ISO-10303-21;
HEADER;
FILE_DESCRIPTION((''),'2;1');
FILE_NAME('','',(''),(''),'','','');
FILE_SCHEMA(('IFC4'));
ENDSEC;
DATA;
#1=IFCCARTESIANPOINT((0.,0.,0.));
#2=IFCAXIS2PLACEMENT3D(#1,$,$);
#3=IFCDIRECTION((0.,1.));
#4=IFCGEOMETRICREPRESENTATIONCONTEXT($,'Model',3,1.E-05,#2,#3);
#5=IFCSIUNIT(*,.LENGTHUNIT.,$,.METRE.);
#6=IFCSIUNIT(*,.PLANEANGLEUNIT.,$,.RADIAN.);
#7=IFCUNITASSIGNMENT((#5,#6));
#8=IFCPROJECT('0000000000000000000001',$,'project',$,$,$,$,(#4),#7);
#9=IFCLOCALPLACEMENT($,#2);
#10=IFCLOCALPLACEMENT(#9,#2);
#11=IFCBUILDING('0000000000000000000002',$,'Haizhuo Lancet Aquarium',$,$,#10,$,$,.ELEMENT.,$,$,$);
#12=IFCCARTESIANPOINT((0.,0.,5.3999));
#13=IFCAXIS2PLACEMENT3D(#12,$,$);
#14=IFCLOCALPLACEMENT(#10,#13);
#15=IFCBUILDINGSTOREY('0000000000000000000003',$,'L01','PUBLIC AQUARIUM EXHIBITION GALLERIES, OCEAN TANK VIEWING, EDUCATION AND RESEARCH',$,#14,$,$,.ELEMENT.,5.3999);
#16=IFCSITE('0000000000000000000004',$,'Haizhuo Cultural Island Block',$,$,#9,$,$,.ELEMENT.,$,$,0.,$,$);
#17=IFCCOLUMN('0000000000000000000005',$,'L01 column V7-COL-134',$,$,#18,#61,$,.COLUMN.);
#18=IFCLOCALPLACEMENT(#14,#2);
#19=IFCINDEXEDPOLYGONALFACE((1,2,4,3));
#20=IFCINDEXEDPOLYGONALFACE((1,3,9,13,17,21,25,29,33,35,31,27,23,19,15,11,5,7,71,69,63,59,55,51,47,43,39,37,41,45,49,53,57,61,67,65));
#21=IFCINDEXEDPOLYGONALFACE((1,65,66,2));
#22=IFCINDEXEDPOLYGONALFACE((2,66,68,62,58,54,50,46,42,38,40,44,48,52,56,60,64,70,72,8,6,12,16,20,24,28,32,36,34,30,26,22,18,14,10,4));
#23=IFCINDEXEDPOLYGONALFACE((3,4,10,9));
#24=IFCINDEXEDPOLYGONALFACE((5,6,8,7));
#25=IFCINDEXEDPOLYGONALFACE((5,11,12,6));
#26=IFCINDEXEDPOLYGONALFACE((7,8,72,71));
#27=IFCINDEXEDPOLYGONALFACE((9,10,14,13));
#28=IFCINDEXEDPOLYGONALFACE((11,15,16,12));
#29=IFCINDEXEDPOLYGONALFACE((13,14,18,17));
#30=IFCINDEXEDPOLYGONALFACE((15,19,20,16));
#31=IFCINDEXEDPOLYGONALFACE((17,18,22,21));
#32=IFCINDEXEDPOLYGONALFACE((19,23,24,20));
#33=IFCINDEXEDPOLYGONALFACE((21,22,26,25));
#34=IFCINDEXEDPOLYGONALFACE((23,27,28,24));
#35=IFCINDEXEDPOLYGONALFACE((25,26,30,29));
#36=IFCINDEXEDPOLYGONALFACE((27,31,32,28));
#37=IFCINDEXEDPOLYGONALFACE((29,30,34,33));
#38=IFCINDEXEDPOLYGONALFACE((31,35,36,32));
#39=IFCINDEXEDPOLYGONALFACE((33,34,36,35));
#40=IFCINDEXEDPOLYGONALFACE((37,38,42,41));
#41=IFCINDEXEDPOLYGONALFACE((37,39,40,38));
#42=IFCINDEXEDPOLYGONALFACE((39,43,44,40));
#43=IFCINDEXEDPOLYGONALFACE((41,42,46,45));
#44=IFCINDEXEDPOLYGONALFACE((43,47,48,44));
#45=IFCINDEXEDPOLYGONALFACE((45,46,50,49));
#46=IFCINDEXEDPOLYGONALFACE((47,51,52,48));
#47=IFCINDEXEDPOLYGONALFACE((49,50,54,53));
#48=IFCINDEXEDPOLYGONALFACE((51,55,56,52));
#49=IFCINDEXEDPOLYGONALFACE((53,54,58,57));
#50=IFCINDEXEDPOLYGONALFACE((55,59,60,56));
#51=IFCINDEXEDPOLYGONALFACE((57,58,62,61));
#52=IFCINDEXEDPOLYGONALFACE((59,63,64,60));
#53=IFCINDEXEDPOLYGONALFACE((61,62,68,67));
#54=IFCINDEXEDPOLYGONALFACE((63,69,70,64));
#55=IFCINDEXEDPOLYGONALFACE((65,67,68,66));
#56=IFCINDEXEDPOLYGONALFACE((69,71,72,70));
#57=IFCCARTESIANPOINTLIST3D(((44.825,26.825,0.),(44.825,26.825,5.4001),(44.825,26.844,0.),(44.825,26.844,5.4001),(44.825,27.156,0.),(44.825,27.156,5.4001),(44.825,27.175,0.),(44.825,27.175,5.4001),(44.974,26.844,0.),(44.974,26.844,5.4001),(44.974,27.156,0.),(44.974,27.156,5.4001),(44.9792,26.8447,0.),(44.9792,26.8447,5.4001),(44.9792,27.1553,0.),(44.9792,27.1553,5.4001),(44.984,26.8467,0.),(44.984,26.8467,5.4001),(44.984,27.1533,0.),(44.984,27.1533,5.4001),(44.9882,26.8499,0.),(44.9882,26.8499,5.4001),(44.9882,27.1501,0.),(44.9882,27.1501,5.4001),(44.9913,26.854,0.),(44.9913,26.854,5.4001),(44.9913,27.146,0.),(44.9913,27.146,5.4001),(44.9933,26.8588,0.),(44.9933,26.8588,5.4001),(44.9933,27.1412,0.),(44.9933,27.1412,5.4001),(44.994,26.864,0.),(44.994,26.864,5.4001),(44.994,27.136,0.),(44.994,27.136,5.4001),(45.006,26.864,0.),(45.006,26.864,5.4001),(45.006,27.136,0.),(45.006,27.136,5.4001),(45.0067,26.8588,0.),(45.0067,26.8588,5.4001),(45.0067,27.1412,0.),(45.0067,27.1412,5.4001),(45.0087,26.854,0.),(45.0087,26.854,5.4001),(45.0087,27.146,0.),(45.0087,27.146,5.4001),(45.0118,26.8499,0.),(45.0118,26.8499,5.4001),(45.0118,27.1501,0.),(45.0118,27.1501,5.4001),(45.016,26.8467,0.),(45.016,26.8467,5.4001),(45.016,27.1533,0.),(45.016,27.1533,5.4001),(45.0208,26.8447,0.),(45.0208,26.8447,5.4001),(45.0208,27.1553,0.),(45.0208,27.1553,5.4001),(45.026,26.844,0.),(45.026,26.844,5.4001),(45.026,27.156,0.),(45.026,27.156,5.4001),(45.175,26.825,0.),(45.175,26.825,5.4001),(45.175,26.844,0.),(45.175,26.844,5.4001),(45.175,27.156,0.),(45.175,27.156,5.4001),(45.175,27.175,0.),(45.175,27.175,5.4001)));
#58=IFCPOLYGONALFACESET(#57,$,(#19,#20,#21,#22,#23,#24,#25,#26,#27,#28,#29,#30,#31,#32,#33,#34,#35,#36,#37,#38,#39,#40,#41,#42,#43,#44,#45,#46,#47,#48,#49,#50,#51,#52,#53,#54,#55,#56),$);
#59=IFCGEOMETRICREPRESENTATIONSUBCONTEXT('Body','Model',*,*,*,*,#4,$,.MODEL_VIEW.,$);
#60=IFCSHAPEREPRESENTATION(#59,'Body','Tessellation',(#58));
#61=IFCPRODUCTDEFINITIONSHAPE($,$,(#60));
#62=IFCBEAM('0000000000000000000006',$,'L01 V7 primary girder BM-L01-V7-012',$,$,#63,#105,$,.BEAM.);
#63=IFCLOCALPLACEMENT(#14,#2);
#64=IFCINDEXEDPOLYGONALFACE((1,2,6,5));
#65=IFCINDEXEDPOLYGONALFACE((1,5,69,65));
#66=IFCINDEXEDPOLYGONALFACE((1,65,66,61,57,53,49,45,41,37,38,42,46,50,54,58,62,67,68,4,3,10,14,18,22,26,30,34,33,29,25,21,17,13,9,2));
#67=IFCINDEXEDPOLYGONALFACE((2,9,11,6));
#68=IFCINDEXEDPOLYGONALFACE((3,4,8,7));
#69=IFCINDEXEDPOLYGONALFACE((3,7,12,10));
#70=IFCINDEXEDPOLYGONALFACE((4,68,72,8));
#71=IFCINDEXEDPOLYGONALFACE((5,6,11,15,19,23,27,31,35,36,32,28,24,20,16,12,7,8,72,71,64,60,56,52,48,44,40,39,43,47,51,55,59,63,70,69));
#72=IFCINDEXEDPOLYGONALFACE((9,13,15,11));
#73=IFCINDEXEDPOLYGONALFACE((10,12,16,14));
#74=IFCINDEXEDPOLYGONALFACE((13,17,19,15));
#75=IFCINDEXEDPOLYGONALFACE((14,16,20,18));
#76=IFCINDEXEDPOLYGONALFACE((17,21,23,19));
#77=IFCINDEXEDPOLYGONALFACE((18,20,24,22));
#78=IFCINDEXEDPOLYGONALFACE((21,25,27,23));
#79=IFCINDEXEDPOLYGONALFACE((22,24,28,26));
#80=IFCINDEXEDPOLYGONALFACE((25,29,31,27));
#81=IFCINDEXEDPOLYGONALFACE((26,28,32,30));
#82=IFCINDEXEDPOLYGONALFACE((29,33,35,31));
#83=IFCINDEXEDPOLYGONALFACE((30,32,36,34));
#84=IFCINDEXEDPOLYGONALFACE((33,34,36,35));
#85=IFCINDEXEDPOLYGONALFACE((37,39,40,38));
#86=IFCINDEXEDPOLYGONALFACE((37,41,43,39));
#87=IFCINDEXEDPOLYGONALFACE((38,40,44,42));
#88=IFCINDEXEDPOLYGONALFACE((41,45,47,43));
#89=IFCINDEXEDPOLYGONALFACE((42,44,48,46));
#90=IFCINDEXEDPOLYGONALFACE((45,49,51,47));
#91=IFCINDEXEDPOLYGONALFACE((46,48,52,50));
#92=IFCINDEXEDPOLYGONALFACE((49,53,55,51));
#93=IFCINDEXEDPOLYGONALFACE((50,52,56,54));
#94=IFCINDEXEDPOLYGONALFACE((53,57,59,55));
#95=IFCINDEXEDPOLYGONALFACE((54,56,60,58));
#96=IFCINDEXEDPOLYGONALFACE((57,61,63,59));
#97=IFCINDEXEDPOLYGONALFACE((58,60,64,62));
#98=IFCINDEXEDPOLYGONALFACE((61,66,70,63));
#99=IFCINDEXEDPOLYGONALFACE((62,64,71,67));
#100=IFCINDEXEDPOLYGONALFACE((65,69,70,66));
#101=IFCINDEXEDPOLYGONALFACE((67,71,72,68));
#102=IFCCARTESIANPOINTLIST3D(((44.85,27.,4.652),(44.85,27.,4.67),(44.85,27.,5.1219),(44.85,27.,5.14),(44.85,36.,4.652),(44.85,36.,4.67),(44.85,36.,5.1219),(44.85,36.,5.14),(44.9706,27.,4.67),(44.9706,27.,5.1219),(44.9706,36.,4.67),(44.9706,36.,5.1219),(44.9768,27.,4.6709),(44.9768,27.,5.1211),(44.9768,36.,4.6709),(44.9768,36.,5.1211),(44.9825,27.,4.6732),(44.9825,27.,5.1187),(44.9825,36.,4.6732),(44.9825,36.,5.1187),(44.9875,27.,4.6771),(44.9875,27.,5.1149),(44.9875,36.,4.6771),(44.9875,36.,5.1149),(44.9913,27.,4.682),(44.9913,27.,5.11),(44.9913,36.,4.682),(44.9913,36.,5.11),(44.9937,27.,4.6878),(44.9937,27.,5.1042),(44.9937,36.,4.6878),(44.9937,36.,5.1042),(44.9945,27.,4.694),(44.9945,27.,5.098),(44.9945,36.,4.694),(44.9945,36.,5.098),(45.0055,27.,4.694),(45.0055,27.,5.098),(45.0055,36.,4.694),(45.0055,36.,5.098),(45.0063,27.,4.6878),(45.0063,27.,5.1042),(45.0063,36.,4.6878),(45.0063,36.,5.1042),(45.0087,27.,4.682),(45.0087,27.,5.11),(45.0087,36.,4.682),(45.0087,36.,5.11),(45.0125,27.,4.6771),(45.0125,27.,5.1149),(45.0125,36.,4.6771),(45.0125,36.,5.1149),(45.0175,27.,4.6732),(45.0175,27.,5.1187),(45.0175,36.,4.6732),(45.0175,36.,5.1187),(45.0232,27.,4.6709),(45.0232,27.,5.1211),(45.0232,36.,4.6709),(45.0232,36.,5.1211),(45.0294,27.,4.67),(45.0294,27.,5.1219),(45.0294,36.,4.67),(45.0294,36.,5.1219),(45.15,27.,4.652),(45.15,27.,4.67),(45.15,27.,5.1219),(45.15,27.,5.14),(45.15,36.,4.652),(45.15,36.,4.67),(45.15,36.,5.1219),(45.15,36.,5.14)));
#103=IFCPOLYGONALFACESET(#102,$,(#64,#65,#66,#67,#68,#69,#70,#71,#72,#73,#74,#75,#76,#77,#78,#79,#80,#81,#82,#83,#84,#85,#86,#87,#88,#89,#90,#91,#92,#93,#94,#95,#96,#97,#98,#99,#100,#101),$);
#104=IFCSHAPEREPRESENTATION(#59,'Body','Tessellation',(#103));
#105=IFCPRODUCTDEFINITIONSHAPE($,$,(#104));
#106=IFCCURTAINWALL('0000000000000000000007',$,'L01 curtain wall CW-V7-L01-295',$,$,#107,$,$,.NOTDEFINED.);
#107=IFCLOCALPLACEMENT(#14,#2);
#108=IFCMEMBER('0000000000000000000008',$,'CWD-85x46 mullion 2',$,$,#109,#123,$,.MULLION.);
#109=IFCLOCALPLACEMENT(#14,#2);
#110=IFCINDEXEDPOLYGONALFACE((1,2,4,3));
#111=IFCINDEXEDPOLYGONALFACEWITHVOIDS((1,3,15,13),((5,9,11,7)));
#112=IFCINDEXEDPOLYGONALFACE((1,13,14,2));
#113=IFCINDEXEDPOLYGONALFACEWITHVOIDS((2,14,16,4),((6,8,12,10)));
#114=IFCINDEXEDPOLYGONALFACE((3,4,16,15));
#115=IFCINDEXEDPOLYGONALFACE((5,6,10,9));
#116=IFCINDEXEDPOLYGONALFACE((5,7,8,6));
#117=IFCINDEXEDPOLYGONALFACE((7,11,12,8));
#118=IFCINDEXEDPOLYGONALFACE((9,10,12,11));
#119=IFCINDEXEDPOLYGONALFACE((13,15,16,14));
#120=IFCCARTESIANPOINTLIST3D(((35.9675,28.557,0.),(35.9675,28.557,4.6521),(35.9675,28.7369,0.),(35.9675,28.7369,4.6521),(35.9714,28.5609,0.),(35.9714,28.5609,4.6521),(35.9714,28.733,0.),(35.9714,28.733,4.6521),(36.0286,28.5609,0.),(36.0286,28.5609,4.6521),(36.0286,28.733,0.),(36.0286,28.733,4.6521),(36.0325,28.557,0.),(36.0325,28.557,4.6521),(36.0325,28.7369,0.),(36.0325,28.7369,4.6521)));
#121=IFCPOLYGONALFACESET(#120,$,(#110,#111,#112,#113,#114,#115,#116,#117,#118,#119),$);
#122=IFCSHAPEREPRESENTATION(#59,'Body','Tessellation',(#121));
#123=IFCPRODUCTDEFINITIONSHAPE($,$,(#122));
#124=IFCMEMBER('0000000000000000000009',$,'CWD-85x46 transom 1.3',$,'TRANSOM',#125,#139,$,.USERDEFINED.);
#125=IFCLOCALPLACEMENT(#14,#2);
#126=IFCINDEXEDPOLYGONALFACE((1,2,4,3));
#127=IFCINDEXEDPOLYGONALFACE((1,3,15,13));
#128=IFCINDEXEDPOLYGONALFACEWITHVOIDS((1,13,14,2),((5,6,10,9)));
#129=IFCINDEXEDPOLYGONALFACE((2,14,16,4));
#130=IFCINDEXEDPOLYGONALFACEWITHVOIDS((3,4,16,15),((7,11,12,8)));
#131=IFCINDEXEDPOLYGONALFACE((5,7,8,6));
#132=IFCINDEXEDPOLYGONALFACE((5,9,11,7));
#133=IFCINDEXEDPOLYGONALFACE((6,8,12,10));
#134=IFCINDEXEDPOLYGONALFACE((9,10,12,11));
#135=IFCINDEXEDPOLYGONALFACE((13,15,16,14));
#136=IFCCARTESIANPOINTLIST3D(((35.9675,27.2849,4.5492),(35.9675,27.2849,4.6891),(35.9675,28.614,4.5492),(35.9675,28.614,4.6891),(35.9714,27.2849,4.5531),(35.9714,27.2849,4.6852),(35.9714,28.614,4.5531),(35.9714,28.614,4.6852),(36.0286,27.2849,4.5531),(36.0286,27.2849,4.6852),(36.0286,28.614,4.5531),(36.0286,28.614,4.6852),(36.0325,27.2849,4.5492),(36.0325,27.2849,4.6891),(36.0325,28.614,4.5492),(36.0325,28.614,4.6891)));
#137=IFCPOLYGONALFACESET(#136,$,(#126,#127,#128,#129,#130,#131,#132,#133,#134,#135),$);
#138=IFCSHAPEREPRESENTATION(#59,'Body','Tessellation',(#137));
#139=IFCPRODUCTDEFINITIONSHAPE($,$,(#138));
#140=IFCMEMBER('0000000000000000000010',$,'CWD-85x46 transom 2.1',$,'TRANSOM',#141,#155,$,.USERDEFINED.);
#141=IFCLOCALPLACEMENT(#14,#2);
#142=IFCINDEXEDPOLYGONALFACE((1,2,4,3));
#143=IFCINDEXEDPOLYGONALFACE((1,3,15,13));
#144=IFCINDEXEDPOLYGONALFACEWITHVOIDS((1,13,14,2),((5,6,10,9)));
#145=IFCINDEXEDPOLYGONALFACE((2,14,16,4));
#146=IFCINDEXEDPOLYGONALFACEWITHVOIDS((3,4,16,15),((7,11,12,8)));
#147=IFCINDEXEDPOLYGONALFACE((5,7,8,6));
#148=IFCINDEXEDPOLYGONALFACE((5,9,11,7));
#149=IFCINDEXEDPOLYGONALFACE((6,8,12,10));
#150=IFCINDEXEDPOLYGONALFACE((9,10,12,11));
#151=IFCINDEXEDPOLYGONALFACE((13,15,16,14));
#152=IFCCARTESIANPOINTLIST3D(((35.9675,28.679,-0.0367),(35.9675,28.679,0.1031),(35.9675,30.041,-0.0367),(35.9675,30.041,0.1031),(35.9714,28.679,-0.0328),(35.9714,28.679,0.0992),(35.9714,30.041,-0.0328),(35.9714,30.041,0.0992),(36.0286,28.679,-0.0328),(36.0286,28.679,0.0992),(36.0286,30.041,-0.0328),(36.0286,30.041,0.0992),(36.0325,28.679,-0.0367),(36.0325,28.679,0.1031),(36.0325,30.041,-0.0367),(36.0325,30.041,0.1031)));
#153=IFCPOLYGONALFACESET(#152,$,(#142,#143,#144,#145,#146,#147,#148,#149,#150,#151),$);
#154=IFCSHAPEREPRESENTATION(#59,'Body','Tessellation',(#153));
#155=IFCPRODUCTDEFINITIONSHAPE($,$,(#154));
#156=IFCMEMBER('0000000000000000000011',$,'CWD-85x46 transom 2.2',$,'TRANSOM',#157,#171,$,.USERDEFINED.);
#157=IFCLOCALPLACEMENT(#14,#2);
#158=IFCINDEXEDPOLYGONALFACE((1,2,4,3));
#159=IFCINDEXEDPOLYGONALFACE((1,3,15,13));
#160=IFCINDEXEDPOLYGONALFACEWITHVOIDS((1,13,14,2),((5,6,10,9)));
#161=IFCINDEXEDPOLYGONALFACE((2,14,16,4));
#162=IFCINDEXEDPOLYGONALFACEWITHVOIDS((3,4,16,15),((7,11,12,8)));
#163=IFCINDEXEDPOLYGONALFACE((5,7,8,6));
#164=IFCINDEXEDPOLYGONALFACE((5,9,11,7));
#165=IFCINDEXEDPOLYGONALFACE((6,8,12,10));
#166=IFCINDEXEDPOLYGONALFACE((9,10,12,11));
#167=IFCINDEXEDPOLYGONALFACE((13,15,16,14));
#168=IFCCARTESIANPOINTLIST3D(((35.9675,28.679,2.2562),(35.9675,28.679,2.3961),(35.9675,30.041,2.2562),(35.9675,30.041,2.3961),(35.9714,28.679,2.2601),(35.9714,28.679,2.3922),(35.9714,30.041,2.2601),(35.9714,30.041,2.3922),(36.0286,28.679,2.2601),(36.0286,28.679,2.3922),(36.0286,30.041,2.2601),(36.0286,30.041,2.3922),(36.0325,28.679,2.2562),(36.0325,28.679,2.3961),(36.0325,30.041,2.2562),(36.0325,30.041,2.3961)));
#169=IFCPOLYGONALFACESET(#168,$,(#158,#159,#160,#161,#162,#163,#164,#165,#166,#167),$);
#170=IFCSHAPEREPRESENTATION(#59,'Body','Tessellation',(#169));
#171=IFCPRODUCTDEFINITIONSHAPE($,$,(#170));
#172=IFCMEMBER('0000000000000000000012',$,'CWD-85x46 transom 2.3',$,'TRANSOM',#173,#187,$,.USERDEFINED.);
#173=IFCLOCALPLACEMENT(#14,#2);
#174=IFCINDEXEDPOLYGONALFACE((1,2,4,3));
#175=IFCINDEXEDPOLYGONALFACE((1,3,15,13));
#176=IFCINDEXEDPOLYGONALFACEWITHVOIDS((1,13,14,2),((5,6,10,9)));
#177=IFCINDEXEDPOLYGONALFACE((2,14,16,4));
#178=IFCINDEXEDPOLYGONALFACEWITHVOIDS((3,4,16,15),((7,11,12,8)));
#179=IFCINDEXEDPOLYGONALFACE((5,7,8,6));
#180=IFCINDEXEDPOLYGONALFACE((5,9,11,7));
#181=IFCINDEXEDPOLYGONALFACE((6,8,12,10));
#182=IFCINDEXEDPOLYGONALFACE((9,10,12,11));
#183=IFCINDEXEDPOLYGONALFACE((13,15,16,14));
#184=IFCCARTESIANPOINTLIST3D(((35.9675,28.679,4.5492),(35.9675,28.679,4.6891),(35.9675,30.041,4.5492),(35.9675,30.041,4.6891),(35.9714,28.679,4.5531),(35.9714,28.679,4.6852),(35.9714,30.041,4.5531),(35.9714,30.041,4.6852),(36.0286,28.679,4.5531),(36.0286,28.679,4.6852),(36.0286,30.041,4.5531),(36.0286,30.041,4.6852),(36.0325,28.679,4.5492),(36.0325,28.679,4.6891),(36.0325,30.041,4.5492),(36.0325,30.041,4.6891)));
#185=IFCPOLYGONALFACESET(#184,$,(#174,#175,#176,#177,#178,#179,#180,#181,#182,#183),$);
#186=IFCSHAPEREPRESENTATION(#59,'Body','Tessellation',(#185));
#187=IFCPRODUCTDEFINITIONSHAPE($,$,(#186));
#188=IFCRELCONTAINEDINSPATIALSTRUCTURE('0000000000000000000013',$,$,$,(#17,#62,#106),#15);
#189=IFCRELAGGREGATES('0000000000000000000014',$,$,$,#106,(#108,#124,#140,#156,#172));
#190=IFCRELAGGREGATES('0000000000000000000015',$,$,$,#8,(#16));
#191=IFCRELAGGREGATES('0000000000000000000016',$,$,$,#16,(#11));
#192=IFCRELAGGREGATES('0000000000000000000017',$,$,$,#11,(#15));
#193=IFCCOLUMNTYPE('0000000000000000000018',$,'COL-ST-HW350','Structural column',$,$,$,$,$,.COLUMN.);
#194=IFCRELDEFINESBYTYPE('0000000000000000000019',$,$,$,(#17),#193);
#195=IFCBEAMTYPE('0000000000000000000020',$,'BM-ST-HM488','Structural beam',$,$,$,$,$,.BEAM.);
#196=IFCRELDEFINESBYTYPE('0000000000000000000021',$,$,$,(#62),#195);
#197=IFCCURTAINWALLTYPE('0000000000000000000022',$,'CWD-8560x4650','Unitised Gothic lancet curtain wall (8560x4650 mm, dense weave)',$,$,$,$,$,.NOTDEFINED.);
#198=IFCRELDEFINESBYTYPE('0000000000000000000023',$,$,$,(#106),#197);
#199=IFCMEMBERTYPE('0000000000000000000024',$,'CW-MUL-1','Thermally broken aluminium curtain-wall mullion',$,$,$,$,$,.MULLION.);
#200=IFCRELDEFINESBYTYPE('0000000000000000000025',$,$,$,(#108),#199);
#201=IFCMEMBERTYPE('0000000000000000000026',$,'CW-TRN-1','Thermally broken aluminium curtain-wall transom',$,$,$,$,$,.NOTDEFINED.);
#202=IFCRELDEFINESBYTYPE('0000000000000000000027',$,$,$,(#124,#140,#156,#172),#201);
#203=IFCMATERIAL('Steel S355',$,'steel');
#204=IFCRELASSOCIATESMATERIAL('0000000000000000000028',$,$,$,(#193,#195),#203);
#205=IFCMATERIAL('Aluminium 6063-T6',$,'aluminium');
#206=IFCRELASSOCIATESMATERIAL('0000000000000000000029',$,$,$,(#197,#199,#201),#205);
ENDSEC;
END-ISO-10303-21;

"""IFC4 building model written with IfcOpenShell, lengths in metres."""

from ifc_helpers import new_model, si_unit, direction, frame, origin, origin_2d, place, context, subcontext, project, spatial, hollow_rectangle, i_section, extrude, material, material_profile, profile_set, type_object, element, aggregate, save


model = new_model("IFC4")

# Units and contexts
model_context = context("Model", 3, precision=1e-05, world=origin(), true_north=direction((0.0, 1.0)))
body_context = subcontext(model_context, "Body", "Model", "MODEL_VIEW")
ifc_project = project(units=[si_unit("LENGTHUNIT", "METRE"), si_unit("PLANEANGLEUNIT", "RADIAN")], contexts=[model_context])

# Site, building, storey
site_placement = place(None, origin())
site = spatial("IfcSite", under=ifc_project, at=site_placement, Name="Haizhuo Cultural Island Block", CompositionType="ELEMENT", RefElevation=0.0)
building_placement = place(site_placement, origin())
building = spatial("IfcBuilding", under=site, at=building_placement, Name="Haizhuo Lancet Aquarium", CompositionType="ELEMENT")
storey_placement = place(building_placement, frame((0.0, 0.0, 5.3999)))
storey = spatial("IfcBuildingStorey", under=building, at=storey_placement, Name="L01", Description="PUBLIC AQUARIUM EXHIBITION GALLERIES, OCEAN TANK VIEWING, EDUCATION AND RESEARCH", CompositionType="ELEMENT", Elevation=5.3999)

# Column
ifc_material_1 = material(Name="Steel S355", Category="steel")
ifc_material_profile_1 = material_profile(ifc_material_1, i_section(OverallWidth=0.3501, OverallDepth=0.3501, WebThickness=0.012, FlangeThickness=0.019, FilletRadius=0.02, at=origin_2d()), Name="HW 350x350x12x19")
ifc_profile_set_1 = profile_set([ifc_material_profile_1], Name="Steel S355")
column_type = type_object("IfcColumnType", Name="COL-ST-HW350", Description="Structural column", PredefinedType="COLUMN", material=ifc_profile_set_1)
column_placement = place(storey_placement, frame((45.0, 27.0, 0.0), z_axis=(0.0, 0.0, 1.0), x_axis=(1.0, 0.0, 0.0)))
element("IfcColumn", 1, at=column_placement, inside=storey, type_object=column_type, Name="L01 column V7-COL-134", PredefinedType="COLUMN", context=body_context, shape_type="SweptSolid", body=[
    extrude(i_section(OverallWidth=0.3501, OverallDepth=0.3501, WebThickness=0.012, FlangeThickness=0.019, FilletRadius=0.02, at=origin_2d()), origin(), (0.0, 0.0, 1.0), 5.4001),
])

# Beam
ifc_material_profile_2 = material_profile(ifc_material_1, i_section(OverallWidth=0.3, OverallDepth=0.488, WebThickness=0.011, FlangeThickness=0.0181, FilletRadius=0.0239, at=origin_2d()), Name="HM 488x300x11x18")
ifc_profile_set_2 = profile_set([ifc_material_profile_2], Name="Steel S355")
beam_type = type_object("IfcBeamType", Name="BM-ST-HM488", Description="Structural beam", PredefinedType="BEAM", material=ifc_profile_set_2)
beam_placement = place(storey_placement, frame((45.0, 27.0, 4.896), z_axis=(0.0, 1.0, 0.0), x_axis=(-1.0, 0.0, 0.0)))
element("IfcBeam", 2, at=beam_placement, inside=storey, type_object=beam_type, Name="L01 V7 primary girder BM-L01-V7-012", PredefinedType="BEAM", context=body_context, shape_type="SweptSolid", body=[
    extrude(i_section(OverallWidth=0.3, OverallDepth=0.488, WebThickness=0.011, FlangeThickness=0.0181, FilletRadius=0.0239, at=origin_2d()), origin(), (0.0, 0.0, 1.0), 9.0),
])

# Curtain wall, members
ifc_material_2 = material(Name="Aluminium 6063-T6", Category="aluminium")
curtain_wall_type = type_object("IfcCurtainWallType", Name="CWD-8560x4650", Description="Unitised Gothic lancet curtain wall (8560x4650 mm, dense weave)", PredefinedType="NOTDEFINED", material=ifc_material_2)
curtain_wall_placement = place(storey_placement, origin())
curtain_wall = element("IfcCurtainWall", 3, at=curtain_wall_placement, inside=storey, type_object=curtain_wall_type, Name="L01 curtain wall CW-V7-L01-295", PredefinedType="NOTDEFINED")
ifc_material_profile_3 = material_profile(ifc_material_2, hollow_rectangle(XDim=0.0649, YDim=0.1799, WallThickness=0.0039, at=origin_2d()), Name="ALU-M 65x180x4")
ifc_profile_set_3 = profile_set([ifc_material_profile_3], Name="Aluminium 6063-T6")
member_type_1 = type_object("IfcMemberType", Name="CW-MUL-1", Description="Thermally broken aluminium curtain-wall mullion", PredefinedType="MULLION", material=ifc_profile_set_3)
member_1_placement = place(storey_placement, frame((36.0, 28.647, 0.0), z_axis=(0.0, 0.0, 1.0), x_axis=(-1.0, 0.0, 0.0)))
member_1 = element("IfcMember", 4, at=member_1_placement, type_object=member_type_1, Name="CWD-85x46 mullion 2", PredefinedType="MULLION", context=body_context, shape_type="SweptSolid", body=[
    extrude(hollow_rectangle(XDim=0.0649, YDim=0.1799, WallThickness=0.0039, at=origin_2d()), origin(), (0.0, 0.0, 1.0), 4.6521),
])
ifc_material_profile_4 = material_profile(ifc_material_2, hollow_rectangle(XDim=0.0649, YDim=0.1399, WallThickness=0.0039, at=origin_2d()), Name="ALU-T 65x140x4")
ifc_profile_set_4 = profile_set([ifc_material_profile_4], Name="Aluminium 6063-T6")
member_type_2 = type_object("IfcMemberType", Name="CW-TRN-1", Description="Thermally broken aluminium curtain-wall transom", PredefinedType="NOTDEFINED", material=ifc_profile_set_4)
member_2_placement = place(storey_placement, frame((36.0, 27.2849, 4.6191), z_axis=(0.0, 1.0, 0.0), x_axis=(-1.0, 0.0, 0.0)))
member_2 = element("IfcMember", 5, at=member_2_placement, type_object=member_type_2, Name="CWD-85x46 transom 1.3", ObjectType="TRANSOM", PredefinedType="USERDEFINED", context=body_context, shape_type="SweptSolid", body=[
    extrude(hollow_rectangle(XDim=0.0649, YDim=0.1399, WallThickness=0.0039, at=origin_2d()), origin(), (0.0, 0.0, 1.0), 1.3291),
])
member_3_placement = place(storey_placement, frame((36.0, 28.679, 0.0332), z_axis=(0.0, 1.0, 0.0), x_axis=(-1.0, 0.0, 0.0)))
member_3 = element("IfcMember", 6, at=member_3_placement, type_object=member_type_2, Name="CWD-85x46 transom 2.1", ObjectType="TRANSOM", PredefinedType="USERDEFINED", context=body_context, shape_type="SweptSolid", body=[
    extrude(hollow_rectangle(XDim=0.0649, YDim=0.1399, WallThickness=0.0039, at=origin_2d()), origin(), (0.0, 0.0, 1.0), 1.3621),
])
member_4_placement = place(storey_placement, frame((36.0, 28.679, 2.3262), z_axis=(0.0, 1.0, 0.0), x_axis=(-1.0, 0.0, 0.0)))
member_4 = element("IfcMember", 7, at=member_4_placement, type_object=member_type_2, Name="CWD-85x46 transom 2.2", ObjectType="TRANSOM", PredefinedType="USERDEFINED", context=body_context, shape_type="SweptSolid", body=[
    extrude(hollow_rectangle(XDim=0.0649, YDim=0.1399, WallThickness=0.0039, at=origin_2d()), origin(), (0.0, 0.0, 1.0), 1.3621),
])
member_5_placement = place(storey_placement, frame((36.0, 28.679, 4.6191), z_axis=(0.0, 1.0, 0.0), x_axis=(-1.0, 0.0, 0.0)))
member_5 = element("IfcMember", 8, at=member_5_placement, type_object=member_type_2, Name="CWD-85x46 transom 2.3", ObjectType="TRANSOM", PredefinedType="USERDEFINED", context=body_context, shape_type="SweptSolid", body=[
    extrude(hollow_rectangle(XDim=0.0649, YDim=0.1399, WallThickness=0.0039, at=origin_2d()), origin(), (0.0, 0.0, 1.0), 1.3621),
])

aggregate(curtain_wall, [member_1, member_2, member_3, member_4, member_5])

save(model, "model.ifc")
